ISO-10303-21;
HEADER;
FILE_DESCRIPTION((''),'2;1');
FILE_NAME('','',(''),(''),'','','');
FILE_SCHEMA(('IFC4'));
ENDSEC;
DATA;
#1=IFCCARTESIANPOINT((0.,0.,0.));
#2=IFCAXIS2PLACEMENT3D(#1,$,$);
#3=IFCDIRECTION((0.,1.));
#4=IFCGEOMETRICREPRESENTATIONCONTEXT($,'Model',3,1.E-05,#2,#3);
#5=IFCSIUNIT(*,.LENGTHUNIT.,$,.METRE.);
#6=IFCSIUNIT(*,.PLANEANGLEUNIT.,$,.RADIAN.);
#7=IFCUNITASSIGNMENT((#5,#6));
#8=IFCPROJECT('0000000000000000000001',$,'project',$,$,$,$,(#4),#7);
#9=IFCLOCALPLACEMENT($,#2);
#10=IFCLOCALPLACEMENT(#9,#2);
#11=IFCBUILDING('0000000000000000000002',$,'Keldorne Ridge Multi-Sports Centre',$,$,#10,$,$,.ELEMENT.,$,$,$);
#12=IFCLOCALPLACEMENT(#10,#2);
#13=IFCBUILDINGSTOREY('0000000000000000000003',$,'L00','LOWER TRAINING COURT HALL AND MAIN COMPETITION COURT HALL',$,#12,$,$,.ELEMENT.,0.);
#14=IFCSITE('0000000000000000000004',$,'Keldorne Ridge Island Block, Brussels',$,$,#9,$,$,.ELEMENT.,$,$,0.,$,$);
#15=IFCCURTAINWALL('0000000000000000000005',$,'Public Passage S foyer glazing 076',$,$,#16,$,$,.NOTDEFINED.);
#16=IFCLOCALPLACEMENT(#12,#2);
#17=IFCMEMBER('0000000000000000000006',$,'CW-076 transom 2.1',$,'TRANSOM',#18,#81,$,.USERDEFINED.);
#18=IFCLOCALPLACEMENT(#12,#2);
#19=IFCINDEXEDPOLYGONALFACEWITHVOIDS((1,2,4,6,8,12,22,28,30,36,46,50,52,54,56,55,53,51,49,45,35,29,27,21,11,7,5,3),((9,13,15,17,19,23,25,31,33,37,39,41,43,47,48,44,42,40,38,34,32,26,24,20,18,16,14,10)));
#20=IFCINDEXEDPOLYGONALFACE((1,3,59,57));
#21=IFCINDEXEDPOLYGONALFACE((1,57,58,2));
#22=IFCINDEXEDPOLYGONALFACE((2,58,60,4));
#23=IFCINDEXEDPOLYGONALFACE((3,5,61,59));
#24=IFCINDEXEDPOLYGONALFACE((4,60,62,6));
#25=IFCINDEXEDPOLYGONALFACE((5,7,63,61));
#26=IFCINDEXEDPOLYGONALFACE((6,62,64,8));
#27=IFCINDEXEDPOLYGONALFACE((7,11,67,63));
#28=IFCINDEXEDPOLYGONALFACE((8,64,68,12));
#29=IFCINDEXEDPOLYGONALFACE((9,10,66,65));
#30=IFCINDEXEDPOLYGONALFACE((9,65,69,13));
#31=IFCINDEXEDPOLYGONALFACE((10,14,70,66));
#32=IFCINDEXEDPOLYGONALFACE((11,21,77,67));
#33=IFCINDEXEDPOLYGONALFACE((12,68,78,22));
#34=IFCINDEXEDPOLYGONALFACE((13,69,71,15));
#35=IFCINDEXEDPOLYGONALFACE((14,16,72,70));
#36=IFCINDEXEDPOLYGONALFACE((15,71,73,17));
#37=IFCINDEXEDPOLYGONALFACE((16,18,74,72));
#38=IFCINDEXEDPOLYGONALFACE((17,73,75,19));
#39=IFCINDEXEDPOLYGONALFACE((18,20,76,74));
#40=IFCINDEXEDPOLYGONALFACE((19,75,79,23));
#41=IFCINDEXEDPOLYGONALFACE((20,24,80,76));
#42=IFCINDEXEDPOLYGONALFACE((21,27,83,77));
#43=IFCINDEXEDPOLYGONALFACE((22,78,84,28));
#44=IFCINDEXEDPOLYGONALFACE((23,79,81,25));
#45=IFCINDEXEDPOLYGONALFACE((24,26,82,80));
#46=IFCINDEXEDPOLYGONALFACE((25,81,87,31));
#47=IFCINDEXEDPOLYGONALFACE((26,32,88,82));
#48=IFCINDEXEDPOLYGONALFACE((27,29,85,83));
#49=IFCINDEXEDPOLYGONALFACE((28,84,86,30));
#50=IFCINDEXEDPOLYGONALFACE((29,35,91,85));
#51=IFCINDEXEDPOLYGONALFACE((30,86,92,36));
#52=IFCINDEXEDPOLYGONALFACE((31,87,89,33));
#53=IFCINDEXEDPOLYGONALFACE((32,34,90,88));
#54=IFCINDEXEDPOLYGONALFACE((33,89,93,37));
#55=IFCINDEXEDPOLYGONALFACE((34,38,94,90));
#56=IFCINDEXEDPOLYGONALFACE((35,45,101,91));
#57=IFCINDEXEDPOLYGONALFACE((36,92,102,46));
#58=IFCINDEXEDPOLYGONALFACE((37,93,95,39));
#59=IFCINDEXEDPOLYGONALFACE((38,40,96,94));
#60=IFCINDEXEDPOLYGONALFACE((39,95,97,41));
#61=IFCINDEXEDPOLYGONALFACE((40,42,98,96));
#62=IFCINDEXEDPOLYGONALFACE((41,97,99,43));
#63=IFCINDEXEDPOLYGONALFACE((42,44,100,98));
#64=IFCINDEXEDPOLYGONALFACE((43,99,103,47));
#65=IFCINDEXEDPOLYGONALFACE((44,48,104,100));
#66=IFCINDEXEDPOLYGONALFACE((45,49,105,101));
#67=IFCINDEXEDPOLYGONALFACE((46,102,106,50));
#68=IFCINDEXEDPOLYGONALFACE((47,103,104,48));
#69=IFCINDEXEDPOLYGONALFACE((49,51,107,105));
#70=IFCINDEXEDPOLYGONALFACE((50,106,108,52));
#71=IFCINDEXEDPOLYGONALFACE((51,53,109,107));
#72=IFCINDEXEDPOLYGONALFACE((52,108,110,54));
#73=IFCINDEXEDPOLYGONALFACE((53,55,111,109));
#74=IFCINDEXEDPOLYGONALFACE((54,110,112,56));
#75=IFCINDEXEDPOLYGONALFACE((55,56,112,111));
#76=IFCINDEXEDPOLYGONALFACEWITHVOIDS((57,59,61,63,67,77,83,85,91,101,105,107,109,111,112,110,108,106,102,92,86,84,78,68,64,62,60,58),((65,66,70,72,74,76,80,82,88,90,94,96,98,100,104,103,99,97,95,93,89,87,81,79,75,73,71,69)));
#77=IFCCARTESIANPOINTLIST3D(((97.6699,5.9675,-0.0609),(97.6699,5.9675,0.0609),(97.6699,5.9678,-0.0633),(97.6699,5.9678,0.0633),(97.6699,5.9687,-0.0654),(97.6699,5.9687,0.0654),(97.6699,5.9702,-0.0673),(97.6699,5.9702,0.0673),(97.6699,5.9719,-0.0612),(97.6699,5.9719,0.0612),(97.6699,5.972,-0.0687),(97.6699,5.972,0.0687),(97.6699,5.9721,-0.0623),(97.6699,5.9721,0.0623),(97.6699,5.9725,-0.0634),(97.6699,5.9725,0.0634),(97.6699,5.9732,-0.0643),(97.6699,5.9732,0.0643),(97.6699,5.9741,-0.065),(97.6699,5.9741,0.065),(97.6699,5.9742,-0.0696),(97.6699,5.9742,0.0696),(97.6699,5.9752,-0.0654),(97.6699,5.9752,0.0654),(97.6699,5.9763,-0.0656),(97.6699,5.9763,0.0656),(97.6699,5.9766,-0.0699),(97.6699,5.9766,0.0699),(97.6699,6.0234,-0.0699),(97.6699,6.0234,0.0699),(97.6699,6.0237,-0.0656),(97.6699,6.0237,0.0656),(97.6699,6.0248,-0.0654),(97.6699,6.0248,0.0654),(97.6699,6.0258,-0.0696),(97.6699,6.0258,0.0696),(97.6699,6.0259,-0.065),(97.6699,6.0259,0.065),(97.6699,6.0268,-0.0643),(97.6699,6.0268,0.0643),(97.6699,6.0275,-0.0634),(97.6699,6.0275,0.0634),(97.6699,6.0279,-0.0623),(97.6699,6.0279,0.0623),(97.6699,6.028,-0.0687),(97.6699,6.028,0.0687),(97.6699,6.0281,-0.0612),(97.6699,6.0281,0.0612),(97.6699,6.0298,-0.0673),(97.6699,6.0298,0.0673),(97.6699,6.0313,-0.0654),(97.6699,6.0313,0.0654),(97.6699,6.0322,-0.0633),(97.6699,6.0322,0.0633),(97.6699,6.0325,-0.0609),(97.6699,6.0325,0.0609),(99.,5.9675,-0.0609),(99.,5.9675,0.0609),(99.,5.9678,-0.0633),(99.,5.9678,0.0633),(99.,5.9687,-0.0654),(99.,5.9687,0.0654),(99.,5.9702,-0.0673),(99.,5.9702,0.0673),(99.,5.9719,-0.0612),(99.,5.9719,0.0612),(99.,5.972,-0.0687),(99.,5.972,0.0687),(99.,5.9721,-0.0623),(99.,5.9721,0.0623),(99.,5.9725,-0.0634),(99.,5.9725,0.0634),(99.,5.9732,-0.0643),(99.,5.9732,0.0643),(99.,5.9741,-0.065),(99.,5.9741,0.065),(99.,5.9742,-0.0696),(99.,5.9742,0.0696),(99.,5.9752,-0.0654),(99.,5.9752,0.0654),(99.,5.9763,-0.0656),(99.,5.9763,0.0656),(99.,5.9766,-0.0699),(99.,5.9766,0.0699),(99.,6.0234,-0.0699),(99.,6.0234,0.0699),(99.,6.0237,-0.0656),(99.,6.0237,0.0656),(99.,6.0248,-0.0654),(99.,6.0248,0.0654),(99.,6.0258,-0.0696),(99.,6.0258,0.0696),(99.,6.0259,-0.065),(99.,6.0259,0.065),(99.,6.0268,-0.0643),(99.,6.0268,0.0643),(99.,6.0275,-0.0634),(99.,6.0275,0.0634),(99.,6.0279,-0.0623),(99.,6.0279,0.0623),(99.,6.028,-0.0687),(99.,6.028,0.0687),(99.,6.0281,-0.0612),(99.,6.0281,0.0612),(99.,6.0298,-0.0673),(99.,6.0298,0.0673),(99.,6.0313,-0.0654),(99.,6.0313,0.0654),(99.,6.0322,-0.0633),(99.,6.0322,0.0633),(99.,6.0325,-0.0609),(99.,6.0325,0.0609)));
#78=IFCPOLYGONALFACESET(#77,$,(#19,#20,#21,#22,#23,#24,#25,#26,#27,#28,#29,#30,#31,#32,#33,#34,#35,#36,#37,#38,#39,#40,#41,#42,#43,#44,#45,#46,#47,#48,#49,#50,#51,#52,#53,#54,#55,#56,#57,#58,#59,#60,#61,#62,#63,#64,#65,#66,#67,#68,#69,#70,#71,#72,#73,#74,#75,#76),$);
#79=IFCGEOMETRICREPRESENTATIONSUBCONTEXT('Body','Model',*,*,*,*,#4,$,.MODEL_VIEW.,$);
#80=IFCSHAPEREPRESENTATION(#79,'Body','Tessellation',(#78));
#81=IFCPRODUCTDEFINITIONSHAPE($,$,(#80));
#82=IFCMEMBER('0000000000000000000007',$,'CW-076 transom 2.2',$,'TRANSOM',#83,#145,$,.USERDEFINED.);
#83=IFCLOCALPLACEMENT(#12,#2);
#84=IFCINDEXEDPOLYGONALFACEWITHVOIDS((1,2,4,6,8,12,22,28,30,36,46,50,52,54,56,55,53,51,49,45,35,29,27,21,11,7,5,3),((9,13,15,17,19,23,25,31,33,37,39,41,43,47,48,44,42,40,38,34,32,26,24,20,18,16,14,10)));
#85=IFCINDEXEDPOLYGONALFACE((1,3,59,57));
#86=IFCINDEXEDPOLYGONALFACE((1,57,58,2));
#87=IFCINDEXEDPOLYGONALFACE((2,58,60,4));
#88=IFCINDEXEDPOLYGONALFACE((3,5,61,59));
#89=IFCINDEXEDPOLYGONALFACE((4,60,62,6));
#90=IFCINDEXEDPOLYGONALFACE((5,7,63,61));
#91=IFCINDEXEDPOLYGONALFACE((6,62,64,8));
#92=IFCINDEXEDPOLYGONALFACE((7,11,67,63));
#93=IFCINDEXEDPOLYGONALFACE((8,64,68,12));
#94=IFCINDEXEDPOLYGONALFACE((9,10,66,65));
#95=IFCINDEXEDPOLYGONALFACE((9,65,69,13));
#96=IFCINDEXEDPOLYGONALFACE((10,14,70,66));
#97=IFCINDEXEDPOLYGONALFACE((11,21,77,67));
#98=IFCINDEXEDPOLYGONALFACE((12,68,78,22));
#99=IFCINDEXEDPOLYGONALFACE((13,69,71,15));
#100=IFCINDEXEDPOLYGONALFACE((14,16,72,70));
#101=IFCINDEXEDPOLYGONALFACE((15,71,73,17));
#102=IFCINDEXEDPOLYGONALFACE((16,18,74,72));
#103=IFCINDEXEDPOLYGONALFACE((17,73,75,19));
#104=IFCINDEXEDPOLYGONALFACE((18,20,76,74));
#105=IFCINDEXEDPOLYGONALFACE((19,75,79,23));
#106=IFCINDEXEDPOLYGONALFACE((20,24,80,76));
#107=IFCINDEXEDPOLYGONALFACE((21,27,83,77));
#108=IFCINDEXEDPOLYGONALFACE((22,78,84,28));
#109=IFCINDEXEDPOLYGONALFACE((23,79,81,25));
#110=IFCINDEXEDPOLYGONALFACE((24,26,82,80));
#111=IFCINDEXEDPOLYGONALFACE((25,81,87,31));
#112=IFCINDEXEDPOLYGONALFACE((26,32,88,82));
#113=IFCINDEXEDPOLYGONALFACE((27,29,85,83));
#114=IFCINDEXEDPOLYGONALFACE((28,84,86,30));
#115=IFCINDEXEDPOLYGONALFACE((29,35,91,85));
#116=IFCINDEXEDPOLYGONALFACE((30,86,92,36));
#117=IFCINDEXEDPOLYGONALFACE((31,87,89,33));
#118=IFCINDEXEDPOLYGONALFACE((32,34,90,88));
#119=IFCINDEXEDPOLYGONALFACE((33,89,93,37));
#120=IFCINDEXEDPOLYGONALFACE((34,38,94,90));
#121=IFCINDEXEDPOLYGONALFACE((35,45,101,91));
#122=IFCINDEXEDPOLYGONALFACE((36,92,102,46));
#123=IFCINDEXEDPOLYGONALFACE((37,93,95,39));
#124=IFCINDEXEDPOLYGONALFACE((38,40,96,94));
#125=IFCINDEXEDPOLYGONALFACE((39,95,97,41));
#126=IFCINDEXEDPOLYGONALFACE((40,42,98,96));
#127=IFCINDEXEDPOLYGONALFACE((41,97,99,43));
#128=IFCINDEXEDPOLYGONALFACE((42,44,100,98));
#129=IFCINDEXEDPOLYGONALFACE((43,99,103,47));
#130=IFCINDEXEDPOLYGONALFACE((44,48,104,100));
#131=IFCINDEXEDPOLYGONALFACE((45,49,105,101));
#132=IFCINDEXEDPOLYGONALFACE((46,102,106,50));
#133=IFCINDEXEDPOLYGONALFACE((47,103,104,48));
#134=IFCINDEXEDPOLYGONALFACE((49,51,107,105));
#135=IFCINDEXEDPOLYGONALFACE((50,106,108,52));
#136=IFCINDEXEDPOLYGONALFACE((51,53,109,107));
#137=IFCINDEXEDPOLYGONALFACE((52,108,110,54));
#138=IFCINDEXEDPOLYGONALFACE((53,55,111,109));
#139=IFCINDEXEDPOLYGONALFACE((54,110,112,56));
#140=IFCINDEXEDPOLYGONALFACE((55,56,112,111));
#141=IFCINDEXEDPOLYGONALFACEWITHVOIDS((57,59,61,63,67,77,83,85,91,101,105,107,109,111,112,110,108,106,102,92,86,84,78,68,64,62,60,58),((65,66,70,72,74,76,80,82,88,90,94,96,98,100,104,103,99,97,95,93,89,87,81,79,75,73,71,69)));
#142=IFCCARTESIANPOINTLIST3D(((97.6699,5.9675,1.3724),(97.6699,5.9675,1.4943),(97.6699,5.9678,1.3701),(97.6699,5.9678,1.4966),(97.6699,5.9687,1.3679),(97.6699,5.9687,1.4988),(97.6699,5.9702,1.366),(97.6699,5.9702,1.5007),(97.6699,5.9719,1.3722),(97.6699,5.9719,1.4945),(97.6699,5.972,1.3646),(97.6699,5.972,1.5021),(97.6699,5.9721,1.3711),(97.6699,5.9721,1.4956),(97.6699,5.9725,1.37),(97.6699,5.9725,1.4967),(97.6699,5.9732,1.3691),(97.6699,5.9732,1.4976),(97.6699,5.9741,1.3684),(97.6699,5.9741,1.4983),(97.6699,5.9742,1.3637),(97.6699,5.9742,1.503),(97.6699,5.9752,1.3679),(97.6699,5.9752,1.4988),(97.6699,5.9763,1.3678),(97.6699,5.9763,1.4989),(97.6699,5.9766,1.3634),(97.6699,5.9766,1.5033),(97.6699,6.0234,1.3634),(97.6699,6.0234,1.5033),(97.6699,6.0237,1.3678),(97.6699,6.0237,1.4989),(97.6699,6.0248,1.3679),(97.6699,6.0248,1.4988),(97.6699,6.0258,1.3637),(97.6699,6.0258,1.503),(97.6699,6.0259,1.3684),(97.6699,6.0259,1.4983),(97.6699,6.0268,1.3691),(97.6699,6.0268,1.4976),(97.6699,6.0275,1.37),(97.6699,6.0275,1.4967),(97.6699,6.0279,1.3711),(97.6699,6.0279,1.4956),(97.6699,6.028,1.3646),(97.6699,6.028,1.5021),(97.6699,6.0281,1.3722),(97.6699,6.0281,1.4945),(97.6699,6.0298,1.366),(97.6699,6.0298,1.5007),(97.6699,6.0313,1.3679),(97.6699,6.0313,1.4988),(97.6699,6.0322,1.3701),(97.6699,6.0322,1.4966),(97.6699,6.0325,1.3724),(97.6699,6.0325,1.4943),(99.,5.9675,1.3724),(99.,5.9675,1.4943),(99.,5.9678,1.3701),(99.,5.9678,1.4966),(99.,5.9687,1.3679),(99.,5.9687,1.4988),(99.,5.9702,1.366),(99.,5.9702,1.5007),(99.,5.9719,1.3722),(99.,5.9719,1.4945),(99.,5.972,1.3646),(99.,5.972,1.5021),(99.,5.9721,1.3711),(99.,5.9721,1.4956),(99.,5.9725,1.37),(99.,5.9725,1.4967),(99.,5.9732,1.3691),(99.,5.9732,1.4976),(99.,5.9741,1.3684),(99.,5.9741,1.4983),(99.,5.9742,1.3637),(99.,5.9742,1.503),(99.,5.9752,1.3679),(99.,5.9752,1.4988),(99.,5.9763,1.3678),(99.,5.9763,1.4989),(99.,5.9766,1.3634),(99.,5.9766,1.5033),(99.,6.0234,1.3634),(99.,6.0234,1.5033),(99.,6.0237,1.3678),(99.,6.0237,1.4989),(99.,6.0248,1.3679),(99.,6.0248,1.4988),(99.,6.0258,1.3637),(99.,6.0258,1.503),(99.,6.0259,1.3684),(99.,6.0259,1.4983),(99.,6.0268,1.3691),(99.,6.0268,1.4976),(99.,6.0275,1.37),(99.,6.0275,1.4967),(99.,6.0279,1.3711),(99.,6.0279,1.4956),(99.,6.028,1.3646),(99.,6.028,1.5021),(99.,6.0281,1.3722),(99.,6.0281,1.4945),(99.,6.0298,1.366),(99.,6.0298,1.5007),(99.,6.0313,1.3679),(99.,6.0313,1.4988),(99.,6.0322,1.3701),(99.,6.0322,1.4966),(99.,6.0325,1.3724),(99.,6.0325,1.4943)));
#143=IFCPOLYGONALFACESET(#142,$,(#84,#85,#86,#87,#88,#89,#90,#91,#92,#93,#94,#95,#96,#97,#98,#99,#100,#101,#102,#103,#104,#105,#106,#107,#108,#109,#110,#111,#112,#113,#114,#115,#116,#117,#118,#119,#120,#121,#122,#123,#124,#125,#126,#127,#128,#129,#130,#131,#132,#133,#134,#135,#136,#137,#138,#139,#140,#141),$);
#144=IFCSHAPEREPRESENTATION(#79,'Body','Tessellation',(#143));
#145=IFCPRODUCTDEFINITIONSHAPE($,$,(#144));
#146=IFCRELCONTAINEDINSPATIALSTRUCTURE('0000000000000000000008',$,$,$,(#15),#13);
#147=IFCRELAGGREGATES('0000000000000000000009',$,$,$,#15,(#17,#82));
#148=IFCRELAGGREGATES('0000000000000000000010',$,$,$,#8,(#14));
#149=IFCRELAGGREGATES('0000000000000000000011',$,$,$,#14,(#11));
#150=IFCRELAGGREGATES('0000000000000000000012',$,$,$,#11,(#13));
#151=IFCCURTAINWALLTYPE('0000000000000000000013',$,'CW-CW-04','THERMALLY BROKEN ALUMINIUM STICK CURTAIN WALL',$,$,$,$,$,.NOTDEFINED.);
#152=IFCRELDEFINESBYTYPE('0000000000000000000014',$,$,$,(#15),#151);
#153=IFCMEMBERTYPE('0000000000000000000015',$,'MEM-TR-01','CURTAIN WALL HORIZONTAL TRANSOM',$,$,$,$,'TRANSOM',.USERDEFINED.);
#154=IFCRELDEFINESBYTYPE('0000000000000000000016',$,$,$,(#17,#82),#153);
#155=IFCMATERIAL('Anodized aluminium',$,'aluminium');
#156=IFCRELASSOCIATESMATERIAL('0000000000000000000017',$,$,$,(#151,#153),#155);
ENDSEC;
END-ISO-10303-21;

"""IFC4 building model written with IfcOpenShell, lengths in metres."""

from ifc_helpers import new_model, si_unit, direction, frame, origin, origin_2d, place, context, subcontext, project, spatial, hollow_rectangle, extrude, material, material_profile, profile_set, type_object, element, aggregate, save


model = new_model("IFC4")

# Units and contexts
model_context = context("Model", 3, precision=1e-05, world=origin(), true_north=direction((0.0, 1.0)))
body_context = subcontext(model_context, "Body", "Model", "MODEL_VIEW")
ifc_project = project(units=[si_unit("LENGTHUNIT", "METRE"), si_unit("PLANEANGLEUNIT", "RADIAN")], contexts=[model_context])

# Site, building, storey
site_placement = place(None, origin())
site = spatial("IfcSite", under=ifc_project, at=site_placement, Name="Keldorne Ridge Island Block, Brussels", CompositionType="ELEMENT", RefElevation=0.0)
building_placement = place(site_placement, origin())
building = spatial("IfcBuilding", under=site, at=building_placement, Name="Keldorne Ridge Multi-Sports Centre", CompositionType="ELEMENT")
storey_placement = place(building_placement, origin())
storey = spatial("IfcBuildingStorey", under=building, at=storey_placement, Name="L00", Description="LOWER TRAINING COURT HALL AND MAIN COMPETITION COURT HALL", CompositionType="ELEMENT", Elevation=0.0)

# Curtain wall, members
ifc_material_1 = material(Name="Anodized aluminium", Category="aluminium")
curtain_wall_type = type_object("IfcCurtainWallType", Name="CW-CW-04", Description="THERMALLY BROKEN ALUMINIUM STICK CURTAIN WALL", PredefinedType="NOTDEFINED", material=ifc_material_1)
curtain_wall_placement = place(storey_placement, origin())
curtain_wall = element("IfcCurtainWall", 1, at=curtain_wall_placement, inside=storey, type_object=curtain_wall_type, Name="Public Passage S foyer glazing 076", PredefinedType="NOTDEFINED")
ifc_material_profile_1 = material_profile(ifc_material_1, hollow_rectangle(XDim=0.0649, YDim=0.1399, WallThickness=0.0044, InnerFilletRadius=0.0044, OuterFilletRadius=0.009, at=origin_2d()), Name="ALU TRANSOM 140x65x4.5")
ifc_profile_set_1 = profile_set([ifc_material_profile_1], Name="Anodized aluminium")
member_type_1 = type_object("IfcMemberType", Name="MEM-TR-01", Description="CURTAIN WALL HORIZONTAL TRANSOM", ElementType="TRANSOM", PredefinedType="USERDEFINED", material=ifc_profile_set_1)
member_1_placement = place(storey_placement, frame((97.6699, 6.0, 0.0), z_axis=(1.0, 0.0, 0.0), x_axis=(0.0, 1.0, 0.0)))
member_1 = element("IfcMember", 2, at=member_1_placement, type_object=member_type_1, Name="CW-076 transom 2.1", ObjectType="TRANSOM", PredefinedType="USERDEFINED", context=body_context, shape_type="SweptSolid", body=[
    extrude(hollow_rectangle(XDim=0.0649, YDim=0.1399, WallThickness=0.0044, InnerFilletRadius=0.0044, OuterFilletRadius=0.009, at=origin_2d()), origin(), (0.0, 0.0, 1.0), 1.3301),
])
member_2_placement = place(storey_placement, frame((97.6699, 6.0, 1.4333), z_axis=(1.0, 0.0, 0.0), x_axis=(0.0, 1.0, 0.0)))
member_2 = element("IfcMember", 3, at=member_2_placement, type_object=member_type_1, Name="CW-076 transom 2.2", ObjectType="TRANSOM", PredefinedType="USERDEFINED", context=body_context, shape_type="SweptSolid", body=[
    extrude(hollow_rectangle(XDim=0.0649, YDim=0.1399, WallThickness=0.0044, InnerFilletRadius=0.0044, OuterFilletRadius=0.009, at=origin_2d()), origin(), (0.0, 0.0, 1.0), 1.3301),
])
aggregate(curtain_wall, [member_1, member_2])

save(model, "model.ifc")
